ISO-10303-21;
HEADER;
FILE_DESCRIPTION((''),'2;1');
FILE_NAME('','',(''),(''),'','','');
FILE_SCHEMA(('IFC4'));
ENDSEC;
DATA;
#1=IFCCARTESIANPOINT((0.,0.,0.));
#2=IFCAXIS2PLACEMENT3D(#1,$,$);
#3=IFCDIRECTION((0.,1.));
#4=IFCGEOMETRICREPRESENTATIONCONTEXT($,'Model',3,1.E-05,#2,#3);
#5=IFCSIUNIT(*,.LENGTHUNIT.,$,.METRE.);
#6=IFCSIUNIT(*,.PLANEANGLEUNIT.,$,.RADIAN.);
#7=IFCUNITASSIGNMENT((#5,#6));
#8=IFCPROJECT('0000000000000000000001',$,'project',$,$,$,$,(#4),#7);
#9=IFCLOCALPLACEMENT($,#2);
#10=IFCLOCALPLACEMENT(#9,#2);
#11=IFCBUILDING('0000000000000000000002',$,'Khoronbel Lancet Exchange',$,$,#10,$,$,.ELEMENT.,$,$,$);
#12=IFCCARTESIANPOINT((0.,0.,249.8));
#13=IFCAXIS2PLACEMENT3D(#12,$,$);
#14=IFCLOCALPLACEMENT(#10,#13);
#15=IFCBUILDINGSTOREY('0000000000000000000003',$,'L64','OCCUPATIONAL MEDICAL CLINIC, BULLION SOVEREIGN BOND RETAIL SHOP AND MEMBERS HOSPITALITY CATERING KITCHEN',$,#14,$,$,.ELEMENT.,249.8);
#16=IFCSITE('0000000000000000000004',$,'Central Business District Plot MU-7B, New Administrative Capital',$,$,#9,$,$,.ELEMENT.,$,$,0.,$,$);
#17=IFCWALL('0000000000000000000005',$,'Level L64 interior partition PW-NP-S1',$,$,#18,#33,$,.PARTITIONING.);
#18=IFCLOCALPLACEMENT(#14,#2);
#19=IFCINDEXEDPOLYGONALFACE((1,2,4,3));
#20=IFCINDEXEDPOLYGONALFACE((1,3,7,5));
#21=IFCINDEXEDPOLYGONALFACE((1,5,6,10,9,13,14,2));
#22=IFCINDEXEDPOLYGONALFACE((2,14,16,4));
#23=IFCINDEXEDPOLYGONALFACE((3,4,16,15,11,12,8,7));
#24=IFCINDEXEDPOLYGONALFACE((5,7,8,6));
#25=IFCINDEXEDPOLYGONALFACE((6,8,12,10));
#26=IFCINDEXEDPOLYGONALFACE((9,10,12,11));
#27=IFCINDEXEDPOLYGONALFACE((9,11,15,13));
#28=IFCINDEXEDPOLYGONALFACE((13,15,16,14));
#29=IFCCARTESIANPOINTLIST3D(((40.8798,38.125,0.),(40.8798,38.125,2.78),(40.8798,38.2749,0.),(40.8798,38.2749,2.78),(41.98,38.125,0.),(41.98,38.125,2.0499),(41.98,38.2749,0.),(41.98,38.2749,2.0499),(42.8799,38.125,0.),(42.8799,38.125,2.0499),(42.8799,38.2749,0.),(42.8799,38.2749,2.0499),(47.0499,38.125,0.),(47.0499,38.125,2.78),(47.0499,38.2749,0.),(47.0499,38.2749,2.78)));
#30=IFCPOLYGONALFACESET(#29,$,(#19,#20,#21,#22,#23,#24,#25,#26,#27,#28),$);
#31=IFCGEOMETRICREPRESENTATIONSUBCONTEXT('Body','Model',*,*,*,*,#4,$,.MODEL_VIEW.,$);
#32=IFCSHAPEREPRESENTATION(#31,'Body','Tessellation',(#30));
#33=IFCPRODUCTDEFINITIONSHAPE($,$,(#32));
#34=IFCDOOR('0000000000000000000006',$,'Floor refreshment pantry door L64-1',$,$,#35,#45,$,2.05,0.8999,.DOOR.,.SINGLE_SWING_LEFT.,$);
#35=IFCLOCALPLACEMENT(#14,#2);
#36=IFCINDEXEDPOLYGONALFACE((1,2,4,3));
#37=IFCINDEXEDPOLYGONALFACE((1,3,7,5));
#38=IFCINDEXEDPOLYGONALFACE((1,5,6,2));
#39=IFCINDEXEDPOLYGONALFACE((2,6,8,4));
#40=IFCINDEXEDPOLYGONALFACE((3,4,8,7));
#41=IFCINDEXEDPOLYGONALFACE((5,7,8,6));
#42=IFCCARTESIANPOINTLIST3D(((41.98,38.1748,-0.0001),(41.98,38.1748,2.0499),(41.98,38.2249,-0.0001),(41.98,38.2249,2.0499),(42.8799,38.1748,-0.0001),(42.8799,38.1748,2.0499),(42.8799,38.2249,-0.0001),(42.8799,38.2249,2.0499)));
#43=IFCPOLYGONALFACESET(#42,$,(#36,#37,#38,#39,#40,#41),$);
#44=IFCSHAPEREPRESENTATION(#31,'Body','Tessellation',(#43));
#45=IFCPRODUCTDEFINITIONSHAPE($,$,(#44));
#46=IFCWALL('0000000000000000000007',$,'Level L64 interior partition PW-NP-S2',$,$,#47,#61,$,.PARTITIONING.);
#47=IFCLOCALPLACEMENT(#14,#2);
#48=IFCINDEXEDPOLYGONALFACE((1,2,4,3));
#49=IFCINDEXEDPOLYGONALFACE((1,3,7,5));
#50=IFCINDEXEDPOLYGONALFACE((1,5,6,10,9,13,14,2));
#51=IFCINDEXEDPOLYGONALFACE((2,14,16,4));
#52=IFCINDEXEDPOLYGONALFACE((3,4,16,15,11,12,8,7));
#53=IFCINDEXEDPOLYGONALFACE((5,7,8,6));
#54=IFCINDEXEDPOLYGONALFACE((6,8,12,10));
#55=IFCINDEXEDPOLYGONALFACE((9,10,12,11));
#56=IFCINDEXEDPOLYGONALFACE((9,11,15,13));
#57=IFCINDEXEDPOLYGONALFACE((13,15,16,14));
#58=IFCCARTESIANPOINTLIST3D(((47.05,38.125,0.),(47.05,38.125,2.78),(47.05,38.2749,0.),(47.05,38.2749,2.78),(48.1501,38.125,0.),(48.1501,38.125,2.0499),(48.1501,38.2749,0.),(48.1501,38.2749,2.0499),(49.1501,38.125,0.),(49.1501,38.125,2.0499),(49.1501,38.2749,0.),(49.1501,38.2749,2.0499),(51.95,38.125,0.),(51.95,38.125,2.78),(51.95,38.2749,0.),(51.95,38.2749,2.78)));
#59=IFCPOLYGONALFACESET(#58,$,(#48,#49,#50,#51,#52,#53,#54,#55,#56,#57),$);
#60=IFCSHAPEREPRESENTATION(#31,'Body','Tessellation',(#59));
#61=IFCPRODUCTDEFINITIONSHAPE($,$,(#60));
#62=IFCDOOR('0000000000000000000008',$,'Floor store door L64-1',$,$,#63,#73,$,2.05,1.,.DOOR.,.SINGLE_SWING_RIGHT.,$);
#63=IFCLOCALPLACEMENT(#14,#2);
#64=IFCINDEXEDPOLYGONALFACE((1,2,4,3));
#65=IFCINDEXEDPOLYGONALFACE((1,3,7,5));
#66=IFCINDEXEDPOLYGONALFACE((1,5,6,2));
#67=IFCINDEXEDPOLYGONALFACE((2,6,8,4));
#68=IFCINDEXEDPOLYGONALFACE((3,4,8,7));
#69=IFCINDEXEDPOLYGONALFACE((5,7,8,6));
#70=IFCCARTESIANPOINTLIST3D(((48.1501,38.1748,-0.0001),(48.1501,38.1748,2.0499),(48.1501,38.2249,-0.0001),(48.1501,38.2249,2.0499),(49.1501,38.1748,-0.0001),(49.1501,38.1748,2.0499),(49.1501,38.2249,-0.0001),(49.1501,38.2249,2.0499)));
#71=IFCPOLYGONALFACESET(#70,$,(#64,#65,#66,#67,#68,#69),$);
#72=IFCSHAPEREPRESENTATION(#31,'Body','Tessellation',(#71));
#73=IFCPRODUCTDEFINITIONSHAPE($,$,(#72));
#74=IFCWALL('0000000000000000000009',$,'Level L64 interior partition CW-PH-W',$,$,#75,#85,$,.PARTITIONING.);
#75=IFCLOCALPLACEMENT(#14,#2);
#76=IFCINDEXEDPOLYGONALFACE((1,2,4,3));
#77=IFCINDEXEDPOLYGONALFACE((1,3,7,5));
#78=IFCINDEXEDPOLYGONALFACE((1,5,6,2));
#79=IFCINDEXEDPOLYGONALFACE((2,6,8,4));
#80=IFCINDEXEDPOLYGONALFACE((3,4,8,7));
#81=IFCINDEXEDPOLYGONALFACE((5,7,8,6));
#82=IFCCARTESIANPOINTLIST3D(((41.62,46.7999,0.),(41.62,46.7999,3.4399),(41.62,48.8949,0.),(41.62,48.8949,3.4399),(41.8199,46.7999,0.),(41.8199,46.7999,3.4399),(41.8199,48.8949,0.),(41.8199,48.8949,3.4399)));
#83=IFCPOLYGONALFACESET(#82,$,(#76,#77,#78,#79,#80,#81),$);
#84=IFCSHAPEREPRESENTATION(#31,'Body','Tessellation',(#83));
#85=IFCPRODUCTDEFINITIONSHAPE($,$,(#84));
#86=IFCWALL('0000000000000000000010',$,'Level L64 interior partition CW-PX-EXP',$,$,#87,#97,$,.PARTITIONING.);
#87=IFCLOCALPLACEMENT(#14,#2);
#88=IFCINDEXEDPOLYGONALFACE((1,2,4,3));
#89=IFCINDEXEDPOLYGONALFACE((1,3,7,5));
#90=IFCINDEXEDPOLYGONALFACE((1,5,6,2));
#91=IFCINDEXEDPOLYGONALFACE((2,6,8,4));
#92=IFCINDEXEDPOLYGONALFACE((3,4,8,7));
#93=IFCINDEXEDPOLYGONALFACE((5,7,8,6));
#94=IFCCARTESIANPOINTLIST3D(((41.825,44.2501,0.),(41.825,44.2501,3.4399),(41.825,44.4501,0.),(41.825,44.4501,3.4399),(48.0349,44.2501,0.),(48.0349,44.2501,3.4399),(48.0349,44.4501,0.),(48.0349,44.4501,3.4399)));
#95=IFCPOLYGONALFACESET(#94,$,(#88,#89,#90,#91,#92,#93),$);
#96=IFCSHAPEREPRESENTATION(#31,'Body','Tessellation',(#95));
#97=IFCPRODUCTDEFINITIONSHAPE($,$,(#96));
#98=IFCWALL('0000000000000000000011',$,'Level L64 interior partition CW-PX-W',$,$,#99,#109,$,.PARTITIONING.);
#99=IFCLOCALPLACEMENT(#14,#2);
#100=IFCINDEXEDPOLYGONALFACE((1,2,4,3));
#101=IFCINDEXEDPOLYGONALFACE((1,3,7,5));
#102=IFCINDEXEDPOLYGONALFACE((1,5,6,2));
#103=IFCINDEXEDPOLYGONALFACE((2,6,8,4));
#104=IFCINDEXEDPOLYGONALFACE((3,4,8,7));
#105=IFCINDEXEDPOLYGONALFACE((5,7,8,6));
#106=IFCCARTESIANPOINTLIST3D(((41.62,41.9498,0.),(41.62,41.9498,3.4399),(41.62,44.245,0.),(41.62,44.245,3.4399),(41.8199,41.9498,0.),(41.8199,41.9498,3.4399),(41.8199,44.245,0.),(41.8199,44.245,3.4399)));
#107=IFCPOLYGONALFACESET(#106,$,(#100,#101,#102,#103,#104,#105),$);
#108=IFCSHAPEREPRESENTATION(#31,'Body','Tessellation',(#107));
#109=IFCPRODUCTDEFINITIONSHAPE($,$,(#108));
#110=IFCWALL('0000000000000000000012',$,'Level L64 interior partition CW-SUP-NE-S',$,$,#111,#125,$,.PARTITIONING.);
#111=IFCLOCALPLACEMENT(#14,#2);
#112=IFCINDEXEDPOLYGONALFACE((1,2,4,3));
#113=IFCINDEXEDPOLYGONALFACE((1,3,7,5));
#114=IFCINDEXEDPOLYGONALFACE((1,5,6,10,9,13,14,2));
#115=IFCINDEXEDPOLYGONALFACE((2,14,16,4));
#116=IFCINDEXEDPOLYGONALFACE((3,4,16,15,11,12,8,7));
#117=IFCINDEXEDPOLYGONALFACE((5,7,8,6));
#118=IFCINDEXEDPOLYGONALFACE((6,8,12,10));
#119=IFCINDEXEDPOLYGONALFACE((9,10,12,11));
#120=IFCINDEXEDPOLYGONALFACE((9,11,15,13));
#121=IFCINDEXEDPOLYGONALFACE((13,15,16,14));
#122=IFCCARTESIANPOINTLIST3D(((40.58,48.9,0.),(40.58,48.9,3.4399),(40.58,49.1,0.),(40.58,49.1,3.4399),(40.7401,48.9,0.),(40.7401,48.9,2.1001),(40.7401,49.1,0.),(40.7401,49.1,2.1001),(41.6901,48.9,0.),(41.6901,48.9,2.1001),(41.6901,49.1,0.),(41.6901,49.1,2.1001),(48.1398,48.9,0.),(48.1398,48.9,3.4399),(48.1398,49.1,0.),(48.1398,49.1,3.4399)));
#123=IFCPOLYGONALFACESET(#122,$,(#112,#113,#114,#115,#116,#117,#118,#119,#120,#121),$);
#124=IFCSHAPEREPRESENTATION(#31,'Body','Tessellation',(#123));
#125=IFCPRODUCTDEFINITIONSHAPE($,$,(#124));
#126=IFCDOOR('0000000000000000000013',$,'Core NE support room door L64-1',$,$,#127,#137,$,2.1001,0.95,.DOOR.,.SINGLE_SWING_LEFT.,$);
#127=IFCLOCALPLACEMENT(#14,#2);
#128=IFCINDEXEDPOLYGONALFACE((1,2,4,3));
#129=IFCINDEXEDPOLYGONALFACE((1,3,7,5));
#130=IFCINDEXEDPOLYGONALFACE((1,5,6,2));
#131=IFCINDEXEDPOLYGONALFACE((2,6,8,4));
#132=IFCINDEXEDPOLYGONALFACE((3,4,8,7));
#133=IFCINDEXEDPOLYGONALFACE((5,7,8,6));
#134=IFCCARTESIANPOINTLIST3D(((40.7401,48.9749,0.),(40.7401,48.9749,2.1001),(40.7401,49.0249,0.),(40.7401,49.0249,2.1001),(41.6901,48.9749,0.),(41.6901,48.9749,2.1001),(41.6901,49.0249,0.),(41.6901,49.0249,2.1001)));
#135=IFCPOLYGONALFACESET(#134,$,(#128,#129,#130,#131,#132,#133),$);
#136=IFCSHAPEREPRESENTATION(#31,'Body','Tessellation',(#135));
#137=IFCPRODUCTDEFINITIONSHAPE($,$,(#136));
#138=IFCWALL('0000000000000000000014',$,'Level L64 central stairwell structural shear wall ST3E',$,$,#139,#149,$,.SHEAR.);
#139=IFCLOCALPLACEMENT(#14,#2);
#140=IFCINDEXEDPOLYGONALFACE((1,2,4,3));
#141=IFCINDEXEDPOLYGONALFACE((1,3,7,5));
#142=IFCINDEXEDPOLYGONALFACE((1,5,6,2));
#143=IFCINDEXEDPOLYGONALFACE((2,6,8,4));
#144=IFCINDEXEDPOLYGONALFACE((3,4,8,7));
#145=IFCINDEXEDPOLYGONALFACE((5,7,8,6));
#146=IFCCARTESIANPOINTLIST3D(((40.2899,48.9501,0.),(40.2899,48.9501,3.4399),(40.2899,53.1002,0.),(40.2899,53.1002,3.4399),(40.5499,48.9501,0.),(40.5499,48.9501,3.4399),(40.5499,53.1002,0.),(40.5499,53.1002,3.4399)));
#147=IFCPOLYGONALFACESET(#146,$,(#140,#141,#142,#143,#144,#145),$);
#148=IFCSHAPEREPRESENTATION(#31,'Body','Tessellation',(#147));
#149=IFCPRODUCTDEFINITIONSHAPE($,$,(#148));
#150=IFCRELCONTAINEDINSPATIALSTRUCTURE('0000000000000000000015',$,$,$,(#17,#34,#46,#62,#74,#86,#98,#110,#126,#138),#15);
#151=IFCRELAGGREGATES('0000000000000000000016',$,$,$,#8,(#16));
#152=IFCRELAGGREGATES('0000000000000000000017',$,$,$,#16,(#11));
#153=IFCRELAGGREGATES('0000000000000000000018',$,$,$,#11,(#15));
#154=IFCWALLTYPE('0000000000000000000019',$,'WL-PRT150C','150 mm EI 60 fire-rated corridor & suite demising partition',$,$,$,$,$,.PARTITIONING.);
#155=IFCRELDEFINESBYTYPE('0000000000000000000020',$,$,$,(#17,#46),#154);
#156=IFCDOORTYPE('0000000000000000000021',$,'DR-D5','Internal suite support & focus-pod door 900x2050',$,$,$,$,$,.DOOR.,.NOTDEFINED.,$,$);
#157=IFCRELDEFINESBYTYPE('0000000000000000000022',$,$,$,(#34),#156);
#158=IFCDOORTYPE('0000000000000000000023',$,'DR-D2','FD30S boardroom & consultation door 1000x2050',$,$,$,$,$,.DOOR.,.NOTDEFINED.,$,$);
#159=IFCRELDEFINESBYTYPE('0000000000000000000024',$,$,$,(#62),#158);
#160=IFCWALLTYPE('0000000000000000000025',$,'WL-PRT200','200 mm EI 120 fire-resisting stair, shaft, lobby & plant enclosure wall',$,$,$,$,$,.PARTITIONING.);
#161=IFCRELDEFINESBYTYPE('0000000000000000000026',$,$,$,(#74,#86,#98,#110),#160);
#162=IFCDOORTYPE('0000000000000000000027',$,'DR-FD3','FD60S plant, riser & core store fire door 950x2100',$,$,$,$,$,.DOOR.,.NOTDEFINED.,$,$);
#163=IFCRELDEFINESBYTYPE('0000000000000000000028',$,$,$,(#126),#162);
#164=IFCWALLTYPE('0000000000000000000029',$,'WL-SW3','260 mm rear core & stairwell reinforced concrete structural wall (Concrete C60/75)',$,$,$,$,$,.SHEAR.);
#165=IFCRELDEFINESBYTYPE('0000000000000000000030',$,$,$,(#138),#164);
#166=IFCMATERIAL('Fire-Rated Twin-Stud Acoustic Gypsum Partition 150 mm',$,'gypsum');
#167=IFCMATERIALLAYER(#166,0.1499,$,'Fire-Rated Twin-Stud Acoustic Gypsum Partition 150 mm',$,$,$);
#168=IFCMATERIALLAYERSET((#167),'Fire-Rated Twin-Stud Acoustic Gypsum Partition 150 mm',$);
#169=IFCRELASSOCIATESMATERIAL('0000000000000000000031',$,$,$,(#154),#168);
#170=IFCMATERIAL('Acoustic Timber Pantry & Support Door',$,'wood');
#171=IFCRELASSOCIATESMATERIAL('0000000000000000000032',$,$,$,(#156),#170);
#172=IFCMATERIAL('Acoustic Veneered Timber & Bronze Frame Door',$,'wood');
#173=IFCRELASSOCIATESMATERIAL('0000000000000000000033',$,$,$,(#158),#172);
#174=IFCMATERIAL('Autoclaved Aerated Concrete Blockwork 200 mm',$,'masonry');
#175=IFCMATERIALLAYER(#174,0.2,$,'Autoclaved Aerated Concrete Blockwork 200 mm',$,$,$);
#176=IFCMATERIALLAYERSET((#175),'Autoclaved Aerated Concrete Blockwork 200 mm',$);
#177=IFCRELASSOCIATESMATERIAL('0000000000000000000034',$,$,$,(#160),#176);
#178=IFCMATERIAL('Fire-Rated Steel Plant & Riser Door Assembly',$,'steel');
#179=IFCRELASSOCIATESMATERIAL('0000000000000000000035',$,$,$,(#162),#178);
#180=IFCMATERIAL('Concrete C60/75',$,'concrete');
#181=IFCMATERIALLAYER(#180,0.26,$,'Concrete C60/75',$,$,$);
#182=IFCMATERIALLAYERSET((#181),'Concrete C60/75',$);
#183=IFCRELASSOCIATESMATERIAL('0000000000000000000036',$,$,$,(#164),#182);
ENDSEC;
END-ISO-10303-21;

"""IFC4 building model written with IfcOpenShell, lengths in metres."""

from ifc_helpers import new_model, si_unit, direction, frame, frame_2d, origin, place, context, subcontext, project, spatial, rectangle, extrude, material, layer, layer_set, type_object, element, fill, save


model = new_model("IFC4")

# Units and contexts
model_context = context("Model", 3, precision=1e-05, world=origin(), true_north=direction((0.0, 1.0)))
body_context = subcontext(model_context, "Body", "Model", "MODEL_VIEW")
ifc_project = project(units=[si_unit("LENGTHUNIT", "METRE"), si_unit("PLANEANGLEUNIT", "RADIAN")], contexts=[model_context])

# Site, building, storey
site_placement = place(None, origin())
site = spatial("IfcSite", under=ifc_project, at=site_placement, Name="Central Business District Plot MU-7B, New Administrative Capital", CompositionType="ELEMENT", RefElevation=0.0)
building_placement = place(site_placement, origin())
building = spatial("IfcBuilding", under=site, at=building_placement, Name="Khoronbel Lancet Exchange", CompositionType="ELEMENT")
storey_placement = place(building_placement, frame((0.0, 0.0, 249.8)))
storey = spatial("IfcBuildingStorey", under=building, at=storey_placement, Name="L64", Description="OCCUPATIONAL MEDICAL CLINIC, BULLION SOVEREIGN BOND RETAIL SHOP AND MEMBERS HOSPITALITY CATERING KITCHEN", CompositionType="ELEMENT", Elevation=249.8)

# Shared definitions
ifc_material_1 = material(Name="Concrete C60/75", Category="concrete")

# Walls, openings, doors
ifc_material_2 = material(Name="Fire-Rated Twin-Stud Acoustic Gypsum Partition 150 mm", Category="gypsum")
ifc_layer_1 = layer(ifc_material_2, 0.1499, Name="Fire-Rated Twin-Stud Acoustic Gypsum Partition 150 mm")
ifc_layer_set_1 = layer_set([ifc_layer_1], Name="Fire-Rated Twin-Stud Acoustic Gypsum Partition 150 mm")
wall_type_1 = type_object("IfcWallType", Name="WL-PRT150C", Description="150 mm EI 60 fire-rated corridor & suite demising partition", PredefinedType="PARTITIONING", material=ifc_layer_set_1)
wall_1_placement = place(storey_placement, frame((40.8799, 38.2, 0.0), z_axis=(0.0, 0.0, 1.0), x_axis=(1.0, 0.0, 0.0)))
wall_1 = element("IfcWall", 1, at=wall_1_placement, inside=storey, type_object=wall_type_1, Name="Level L64 interior partition PW-NP-S1", PredefinedType="PARTITIONING", context=body_context, shape_type="SweptSolid", body=[
    extrude(rectangle(XDim=6.1702, YDim=0.1499, at=frame_2d((3.085, 0.0))), origin(), (0.0, 0.0, 1.0), 2.78),
])
opening_1_placement = place(wall_1_placement, frame((1.1001, 0.0, 0.0)))
opening_1 = element("IfcOpeningElement", 2, at=opening_1_placement, cuts=wall_1, PredefinedType="OPENING", context=body_context, shape_type="SweptSolid", body=[
    extrude(rectangle(XDim=0.8999, YDim=2.05, at=frame_2d((0.45, 1.0249))), frame((0.0, 0.085, 0.0), z_axis=(0.0, -1.0, 0.0), x_axis=(1.0, 0.0, 0.0)), (0.0, 0.0, 1.0), 0.1699),
])
ifc_material_3 = material(Name="Acoustic Timber Pantry & Support Door", Category="wood")
door_type_1 = type_object("IfcDoorType", Name="DR-D5", Description="Internal suite support & focus-pod door 900x2050", OperationType="NOTDEFINED", PredefinedType="DOOR", material=ifc_material_3)
door_1_placement = place(opening_1_placement, origin())
door_1 = element("IfcDoor", 3, at=door_1_placement, inside=storey, type_object=door_type_1, Name="Floor refreshment pantry door L64-1", OperationType="SINGLE_SWING_LEFT", OverallHeight=2.05, OverallWidth=0.8999, PredefinedType="DOOR", context=body_context, shape_type="SweptSolid", body=[
    extrude(rectangle(XDim=0.8999, YDim=2.05, at=frame_2d((0.45, 1.0249))), frame((0.0, 0.0249, 0.0), z_axis=(0.0, -1.0, 0.0), x_axis=(1.0, 0.0, 0.0)), (0.0, 0.0, 1.0), 0.05),
])
fill(opening_1, door_1)
wall_2_placement = place(storey_placement, frame((47.05, 38.2, 0.0), z_axis=(0.0, 0.0, 1.0), x_axis=(1.0, 0.0, 0.0)))
wall_2 = element("IfcWall", 4, at=wall_2_placement, inside=storey, type_object=wall_type_1, Name="Level L64 interior partition PW-NP-S2", PredefinedType="PARTITIONING", context=body_context, shape_type="SweptSolid", body=[
    extrude(rectangle(XDim=4.8999, YDim=0.1499, at=frame_2d((2.45, 0.0))), origin(), (0.0, 0.0, 1.0), 2.78),
])
opening_2_placement = place(wall_2_placement, frame((1.1001, 0.0, 0.0)))
opening_2 = element("IfcOpeningElement", 5, at=opening_2_placement, cuts=wall_2, PredefinedType="OPENING", context=body_context, shape_type="SweptSolid", body=[
    extrude(rectangle(XDim=1.0, YDim=2.05, at=frame_2d((0.5, 1.0249))), frame((0.0, 0.085, 0.0), z_axis=(0.0, -1.0, 0.0), x_axis=(1.0, 0.0, 0.0)), (0.0, 0.0, 1.0), 0.1699),
])
ifc_material_4 = material(Name="Acoustic Veneered Timber & Bronze Frame Door", Category="wood")
door_type_2 = type_object("IfcDoorType", Name="DR-D2", Description="FD30S boardroom & consultation door 1000x2050", OperationType="NOTDEFINED", PredefinedType="DOOR", material=ifc_material_4)
door_2_placement = place(opening_2_placement, origin())
door_2 = element("IfcDoor", 6, at=door_2_placement, inside=storey, type_object=door_type_2, Name="Floor store door L64-1", OperationType="SINGLE_SWING_RIGHT", OverallHeight=2.05, OverallWidth=1.0, PredefinedType="DOOR", context=body_context, shape_type="SweptSolid", body=[
    extrude(rectangle(XDim=1.0, YDim=2.05, at=frame_2d((0.5, 1.0249))), frame((0.0, 0.0249, 0.0), z_axis=(0.0, -1.0, 0.0), x_axis=(1.0, 0.0, 0.0)), (0.0, 0.0, 1.0), 0.05),
])
fill(opening_2, door_2)

# Walls
ifc_material_5 = material(Name="Autoclaved Aerated Concrete Blockwork 200 mm", Category="masonry")
ifc_layer_2 = layer(ifc_material_5, 0.2, Name="Autoclaved Aerated Concrete Blockwork 200 mm")
ifc_layer_set_2 = layer_set([ifc_layer_2], Name="Autoclaved Aerated Concrete Blockwork 200 mm")
wall_type_2 = type_object("IfcWallType", Name="WL-PRT200", Description="200 mm EI 120 fire-resisting stair, shaft, lobby & plant enclosure wall", PredefinedType="PARTITIONING", material=ifc_layer_set_2)
wall_3_placement = place(storey_placement, frame((41.72, 46.8, 0.0), z_axis=(0.0, 0.0, 1.0), x_axis=(0.0, 1.0, 0.0)))
element("IfcWall", 7, at=wall_3_placement, inside=storey, type_object=wall_type_2, Name="Level L64 interior partition CW-PH-W", PredefinedType="PARTITIONING", context=body_context, shape_type="SweptSolid", body=[
    extrude(rectangle(XDim=2.095, YDim=0.2, at=frame_2d((1.0474, 0.0))), origin(), (0.0, 0.0, 1.0), 3.4399),
])
wall_4_placement = place(storey_placement, frame((41.825, 44.3501, 0.0), z_axis=(0.0, 0.0, 1.0), x_axis=(1.0, 0.0, 0.0)))
element("IfcWall", 8, at=wall_4_placement, inside=storey, type_object=wall_type_2, Name="Level L64 interior partition CW-PX-EXP", PredefinedType="PARTITIONING", context=body_context, shape_type="SweptSolid", body=[
    extrude(rectangle(XDim=6.21, YDim=0.2, at=frame_2d((3.105, 0.0))), origin(), (0.0, 0.0, 1.0), 3.4399),
])
wall_5_placement = place(storey_placement, frame((41.72, 41.95, 0.0), z_axis=(0.0, 0.0, 1.0), x_axis=(0.0, 1.0, 0.0)))
element("IfcWall", 9, at=wall_5_placement, inside=storey, type_object=wall_type_2, Name="Level L64 interior partition CW-PX-W", PredefinedType="PARTITIONING", context=body_context, shape_type="SweptSolid", body=[
    extrude(rectangle(XDim=2.2952, YDim=0.2, at=frame_2d((1.1475, 0.0))), origin(), (0.0, 0.0, 1.0), 3.4399),
])

# Wall, opening, door
wall_6_placement = place(storey_placement, frame((40.5801, 49.0, 0.0), z_axis=(0.0, 0.0, 1.0), x_axis=(1.0, 0.0, 0.0)))
wall_6 = element("IfcWall", 10, at=wall_6_placement, inside=storey, type_object=wall_type_2, Name="Level L64 interior partition CW-SUP-NE-S", PredefinedType="PARTITIONING", context=body_context, shape_type="SweptSolid", body=[
    extrude(rectangle(XDim=7.5598, YDim=0.2, at=frame_2d((3.7798, 0.0))), origin(), (0.0, 0.0, 1.0), 3.4399),
])
opening_3_placement = place(wall_6_placement, frame((0.1599, 0.0, 0.0)))
opening_3 = element("IfcOpeningElement", 11, at=opening_3_placement, cuts=wall_6, PredefinedType="OPENING", context=body_context, shape_type="SweptSolid", body=[
    extrude(rectangle(XDim=0.95, YDim=2.1001, at=frame_2d((0.4751, 1.05))), frame((0.0, 0.1099, 0.0), z_axis=(0.0, -1.0, 0.0), x_axis=(1.0, 0.0, 0.0)), (0.0, 0.0, 1.0), 0.22),
])
ifc_material_6 = material(Name="Fire-Rated Steel Plant & Riser Door Assembly", Category="steel")
door_type_3 = type_object("IfcDoorType", Name="DR-FD3", Description="FD60S plant, riser & core store fire door 950x2100", OperationType="NOTDEFINED", PredefinedType="DOOR", material=ifc_material_6)
door_3_placement = place(opening_3_placement, origin())
door_3 = element("IfcDoor", 12, at=door_3_placement, inside=storey, type_object=door_type_3, Name="Core NE support room door L64-1", OperationType="SINGLE_SWING_LEFT", OverallHeight=2.1001, OverallWidth=0.95, PredefinedType="DOOR", context=body_context, shape_type="SweptSolid", body=[
    extrude(rectangle(XDim=0.95, YDim=2.1001, at=frame_2d((0.4751, 1.05))), frame((0.0, 0.0249, 0.0), z_axis=(0.0, -1.0, 0.0), x_axis=(1.0, 0.0, 0.0)), (0.0, 0.0, 1.0), 0.05),
])
fill(opening_3, door_3)

# Wall
ifc_layer_3 = layer(ifc_material_1, 0.26, Name="Concrete C60/75")
ifc_layer_set_3 = layer_set([ifc_layer_3], Name="Concrete C60/75")
wall_type_3 = type_object("IfcWallType", Name="WL-SW3", Description="260 mm rear core & stairwell reinforced concrete structural wall (Concrete C60/75)", PredefinedType="SHEAR", material=ifc_layer_set_3)
wall_7_placement = place(storey_placement, frame((40.4199, 48.95, 0.0), z_axis=(0.0, 0.0, 1.0), x_axis=(0.0, 1.0, 0.0)))
element("IfcWall", 13, at=wall_7_placement, inside=storey, type_object=wall_type_3, Name="Level L64 central stairwell structural shear wall ST3E", PredefinedType="SHEAR", context=body_context, shape_type="SweptSolid", body=[
    extrude(rectangle(XDim=4.1501, YDim=0.26, at=frame_2d((2.0752, 0.0))), origin(), (0.0, 0.0, 1.0), 3.4399),
])

save(model, "model.ifc")
